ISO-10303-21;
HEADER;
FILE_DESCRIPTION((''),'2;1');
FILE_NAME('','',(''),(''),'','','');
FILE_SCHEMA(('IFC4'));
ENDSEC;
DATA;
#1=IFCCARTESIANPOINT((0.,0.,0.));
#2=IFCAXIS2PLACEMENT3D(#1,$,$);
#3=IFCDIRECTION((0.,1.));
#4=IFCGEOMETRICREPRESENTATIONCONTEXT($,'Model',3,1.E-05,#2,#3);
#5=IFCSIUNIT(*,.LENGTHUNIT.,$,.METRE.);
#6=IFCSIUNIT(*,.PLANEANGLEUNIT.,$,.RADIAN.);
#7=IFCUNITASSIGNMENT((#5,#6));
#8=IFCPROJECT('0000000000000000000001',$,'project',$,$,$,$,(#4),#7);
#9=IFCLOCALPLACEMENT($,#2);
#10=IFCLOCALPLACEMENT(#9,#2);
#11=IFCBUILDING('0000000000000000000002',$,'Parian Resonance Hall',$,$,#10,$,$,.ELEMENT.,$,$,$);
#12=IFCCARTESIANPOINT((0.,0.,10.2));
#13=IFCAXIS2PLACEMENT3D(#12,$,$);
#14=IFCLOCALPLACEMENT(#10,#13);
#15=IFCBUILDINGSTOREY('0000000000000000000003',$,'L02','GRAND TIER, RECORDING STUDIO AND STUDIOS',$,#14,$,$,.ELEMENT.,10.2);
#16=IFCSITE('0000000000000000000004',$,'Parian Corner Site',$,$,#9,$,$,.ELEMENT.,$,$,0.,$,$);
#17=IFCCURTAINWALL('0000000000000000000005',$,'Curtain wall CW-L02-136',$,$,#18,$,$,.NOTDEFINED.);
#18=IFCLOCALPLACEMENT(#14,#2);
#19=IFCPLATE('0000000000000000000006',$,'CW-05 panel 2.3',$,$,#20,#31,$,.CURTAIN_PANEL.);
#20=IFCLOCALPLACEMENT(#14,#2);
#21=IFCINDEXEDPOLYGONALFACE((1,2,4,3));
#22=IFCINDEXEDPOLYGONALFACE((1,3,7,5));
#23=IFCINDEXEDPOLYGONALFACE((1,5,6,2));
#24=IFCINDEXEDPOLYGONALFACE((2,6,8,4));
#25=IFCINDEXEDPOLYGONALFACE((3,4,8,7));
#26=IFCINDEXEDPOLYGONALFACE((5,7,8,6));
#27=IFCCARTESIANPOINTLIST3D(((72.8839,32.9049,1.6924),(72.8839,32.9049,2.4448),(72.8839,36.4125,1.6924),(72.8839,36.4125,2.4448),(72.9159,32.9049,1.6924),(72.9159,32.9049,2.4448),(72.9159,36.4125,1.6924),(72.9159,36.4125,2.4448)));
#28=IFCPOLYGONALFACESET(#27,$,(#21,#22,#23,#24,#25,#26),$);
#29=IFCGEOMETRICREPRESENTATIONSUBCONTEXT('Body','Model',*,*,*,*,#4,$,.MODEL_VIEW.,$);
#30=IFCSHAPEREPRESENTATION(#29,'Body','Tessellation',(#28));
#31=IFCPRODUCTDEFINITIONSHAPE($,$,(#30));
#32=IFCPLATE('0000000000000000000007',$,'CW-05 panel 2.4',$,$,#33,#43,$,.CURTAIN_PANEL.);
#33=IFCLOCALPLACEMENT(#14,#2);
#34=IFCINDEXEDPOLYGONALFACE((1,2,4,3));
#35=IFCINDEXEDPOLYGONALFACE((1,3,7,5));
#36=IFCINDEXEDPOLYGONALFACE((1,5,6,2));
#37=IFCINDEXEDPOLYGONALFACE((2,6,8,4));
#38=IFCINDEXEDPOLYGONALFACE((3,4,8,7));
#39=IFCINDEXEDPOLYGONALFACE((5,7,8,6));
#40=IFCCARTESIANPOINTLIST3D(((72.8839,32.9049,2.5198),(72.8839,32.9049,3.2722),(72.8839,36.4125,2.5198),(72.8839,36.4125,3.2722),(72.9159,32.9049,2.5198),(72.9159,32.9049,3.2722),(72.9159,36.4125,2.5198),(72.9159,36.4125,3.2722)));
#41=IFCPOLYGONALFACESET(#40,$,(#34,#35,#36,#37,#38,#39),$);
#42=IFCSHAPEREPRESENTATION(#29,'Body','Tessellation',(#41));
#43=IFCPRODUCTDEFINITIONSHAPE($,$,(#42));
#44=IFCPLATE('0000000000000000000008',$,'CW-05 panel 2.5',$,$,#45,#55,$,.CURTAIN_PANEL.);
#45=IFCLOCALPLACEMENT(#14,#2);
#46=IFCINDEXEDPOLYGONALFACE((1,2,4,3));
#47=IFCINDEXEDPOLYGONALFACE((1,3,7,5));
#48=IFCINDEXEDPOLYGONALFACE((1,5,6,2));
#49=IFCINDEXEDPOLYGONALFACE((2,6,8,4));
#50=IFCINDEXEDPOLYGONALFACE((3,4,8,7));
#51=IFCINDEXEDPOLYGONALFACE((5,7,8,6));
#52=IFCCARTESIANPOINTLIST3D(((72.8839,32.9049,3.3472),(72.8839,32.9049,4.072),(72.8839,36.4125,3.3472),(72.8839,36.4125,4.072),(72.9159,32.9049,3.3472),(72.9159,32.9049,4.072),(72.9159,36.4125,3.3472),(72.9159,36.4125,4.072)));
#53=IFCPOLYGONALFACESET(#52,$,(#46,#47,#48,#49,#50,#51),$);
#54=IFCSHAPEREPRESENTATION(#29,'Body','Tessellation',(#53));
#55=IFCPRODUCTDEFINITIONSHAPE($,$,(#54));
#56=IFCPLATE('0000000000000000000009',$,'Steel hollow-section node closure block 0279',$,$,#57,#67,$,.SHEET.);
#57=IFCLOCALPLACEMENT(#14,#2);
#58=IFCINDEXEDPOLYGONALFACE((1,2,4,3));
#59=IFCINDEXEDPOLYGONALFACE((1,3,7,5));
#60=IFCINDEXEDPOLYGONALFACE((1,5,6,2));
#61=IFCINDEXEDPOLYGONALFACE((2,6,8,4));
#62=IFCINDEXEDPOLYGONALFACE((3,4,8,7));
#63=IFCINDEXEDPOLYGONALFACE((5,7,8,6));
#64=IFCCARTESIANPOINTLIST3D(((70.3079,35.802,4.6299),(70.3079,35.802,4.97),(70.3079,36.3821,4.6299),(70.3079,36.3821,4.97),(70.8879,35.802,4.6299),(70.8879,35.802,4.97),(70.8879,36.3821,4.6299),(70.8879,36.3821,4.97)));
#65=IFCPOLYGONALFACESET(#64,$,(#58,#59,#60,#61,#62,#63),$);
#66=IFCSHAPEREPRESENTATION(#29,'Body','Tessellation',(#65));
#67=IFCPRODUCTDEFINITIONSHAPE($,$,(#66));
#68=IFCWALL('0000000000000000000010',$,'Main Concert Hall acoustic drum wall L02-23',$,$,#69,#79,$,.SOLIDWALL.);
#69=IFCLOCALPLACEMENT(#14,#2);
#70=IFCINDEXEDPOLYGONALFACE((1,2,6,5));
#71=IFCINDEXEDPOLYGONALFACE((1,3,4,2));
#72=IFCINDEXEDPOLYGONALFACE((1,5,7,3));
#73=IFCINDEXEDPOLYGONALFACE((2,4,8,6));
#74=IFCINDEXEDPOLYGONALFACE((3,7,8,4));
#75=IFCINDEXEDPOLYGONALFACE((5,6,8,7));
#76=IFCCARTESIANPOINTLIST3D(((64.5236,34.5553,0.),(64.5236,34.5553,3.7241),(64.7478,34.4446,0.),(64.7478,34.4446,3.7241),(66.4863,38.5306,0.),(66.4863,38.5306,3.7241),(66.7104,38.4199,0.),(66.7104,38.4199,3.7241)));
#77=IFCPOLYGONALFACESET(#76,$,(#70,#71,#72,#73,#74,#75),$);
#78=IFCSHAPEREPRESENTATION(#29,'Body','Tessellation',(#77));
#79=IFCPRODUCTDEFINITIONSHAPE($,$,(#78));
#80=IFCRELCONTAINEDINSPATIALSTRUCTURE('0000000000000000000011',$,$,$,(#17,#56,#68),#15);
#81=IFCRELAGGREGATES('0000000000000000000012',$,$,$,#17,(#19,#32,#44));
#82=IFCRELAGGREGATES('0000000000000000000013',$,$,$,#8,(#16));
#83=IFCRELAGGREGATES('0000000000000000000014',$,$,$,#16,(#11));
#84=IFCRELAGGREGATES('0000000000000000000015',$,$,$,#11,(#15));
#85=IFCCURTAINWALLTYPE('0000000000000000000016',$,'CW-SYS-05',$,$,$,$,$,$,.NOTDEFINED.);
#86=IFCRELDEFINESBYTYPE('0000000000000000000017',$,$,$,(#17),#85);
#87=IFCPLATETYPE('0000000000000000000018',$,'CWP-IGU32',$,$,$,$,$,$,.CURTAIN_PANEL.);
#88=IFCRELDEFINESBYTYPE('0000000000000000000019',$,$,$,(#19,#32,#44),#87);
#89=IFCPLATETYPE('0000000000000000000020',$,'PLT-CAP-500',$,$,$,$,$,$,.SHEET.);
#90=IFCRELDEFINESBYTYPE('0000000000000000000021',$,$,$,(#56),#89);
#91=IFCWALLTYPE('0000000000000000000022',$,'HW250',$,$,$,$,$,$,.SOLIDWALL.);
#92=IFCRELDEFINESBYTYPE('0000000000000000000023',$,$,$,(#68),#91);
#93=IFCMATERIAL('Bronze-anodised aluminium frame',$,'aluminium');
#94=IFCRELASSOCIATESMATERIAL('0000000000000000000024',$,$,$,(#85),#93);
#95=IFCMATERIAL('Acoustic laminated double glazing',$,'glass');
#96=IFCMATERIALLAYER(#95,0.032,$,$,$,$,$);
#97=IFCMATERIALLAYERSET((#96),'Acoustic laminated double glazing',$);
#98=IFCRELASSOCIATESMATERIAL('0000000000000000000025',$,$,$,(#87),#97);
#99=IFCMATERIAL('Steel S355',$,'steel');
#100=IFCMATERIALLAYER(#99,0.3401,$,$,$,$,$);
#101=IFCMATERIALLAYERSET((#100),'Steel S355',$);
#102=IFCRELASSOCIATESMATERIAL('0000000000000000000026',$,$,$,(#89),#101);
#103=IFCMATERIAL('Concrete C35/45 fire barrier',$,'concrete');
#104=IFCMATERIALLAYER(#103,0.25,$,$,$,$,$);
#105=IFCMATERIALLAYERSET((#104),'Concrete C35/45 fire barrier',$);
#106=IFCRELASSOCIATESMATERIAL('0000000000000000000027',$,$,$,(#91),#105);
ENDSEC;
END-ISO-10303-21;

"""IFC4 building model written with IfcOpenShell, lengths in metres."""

from ifc_helpers import new_model, si_unit, direction, frame, frame_2d, origin, origin_2d, place, context, subcontext, project, spatial, rectangle, extrude, material, layer, layer_set, type_object, element, aggregate, save


model = new_model("IFC4")

# Units and contexts
model_context = context("Model", 3, precision=1e-05, world=origin(), true_north=direction((0.0, 1.0)))
body_context = subcontext(model_context, "Body", "Model", "MODEL_VIEW")
ifc_project = project(units=[si_unit("LENGTHUNIT", "METRE"), si_unit("PLANEANGLEUNIT", "RADIAN")], contexts=[model_context])

# Site, building, storey
site_placement = place(None, origin())
site = spatial("IfcSite", under=ifc_project, at=site_placement, Name="Parian Corner Site", CompositionType="ELEMENT", RefElevation=0.0)
building_placement = place(site_placement, origin())
building = spatial("IfcBuilding", under=site, at=building_placement, Name="Parian Resonance Hall", CompositionType="ELEMENT")
storey_placement = place(building_placement, frame((0.0, 0.0, 10.2)))
storey = spatial("IfcBuildingStorey", under=building, at=storey_placement, Name="L02", Description="GRAND TIER, RECORDING STUDIO AND STUDIOS", CompositionType="ELEMENT", Elevation=10.2)

# Curtain wall, plates
ifc_material_1 = material(Name="Bronze-anodised aluminium frame", Category="aluminium")
curtain_wall_type = type_object("IfcCurtainWallType", Name="CW-SYS-05", PredefinedType="NOTDEFINED", material=ifc_material_1)
curtain_wall_placement = place(storey_placement, origin())
curtain_wall = element("IfcCurtainWall", 1, at=curtain_wall_placement, inside=storey, type_object=curtain_wall_type, Name="Curtain wall CW-L02-136", PredefinedType="NOTDEFINED")
ifc_material_2 = material(Name="Acoustic laminated double glazing", Category="glass")
ifc_layer_1 = layer(ifc_material_2, 0.032)
ifc_layer_set_1 = layer_set([ifc_layer_1], Name="Acoustic laminated double glazing")
plate_type_1 = type_object("IfcPlateType", Name="CWP-IGU32", PredefinedType="CURTAIN_PANEL", material=ifc_layer_set_1)
plate_1_placement = place(storey_placement, frame((72.8999, 34.6587, 1.6924), z_axis=(0.0, 0.0, 1.0), x_axis=(0.0, -1.0, 0.0)))
plate_1 = element("IfcPlate", 2, at=plate_1_placement, type_object=plate_type_1, Name="CW-05 panel 2.3", PredefinedType="CURTAIN_PANEL", context=body_context, shape_type="SweptSolid", body=[
    extrude(rectangle(XDim=3.5076, YDim=0.032, at=origin_2d()), origin(), (0.0, 0.0, 1.0), 0.7524),
])
plate_2_placement = place(storey_placement, frame((72.8999, 34.6587, 2.5198), z_axis=(0.0, 0.0, 1.0), x_axis=(0.0, -1.0, 0.0)))
plate_2 = element("IfcPlate", 3, at=plate_2_placement, type_object=plate_type_1, Name="CW-05 panel 2.4", PredefinedType="CURTAIN_PANEL", context=body_context, shape_type="SweptSolid", body=[
    extrude(rectangle(XDim=3.5076, YDim=0.032, at=origin_2d()), origin(), (0.0, 0.0, 1.0), 0.7524),
])
plate_3_placement = place(storey_placement, frame((72.8999, 34.6587, 3.3472), z_axis=(0.0, 0.0, 1.0), x_axis=(0.0, -1.0, 0.0)))
plate_3 = element("IfcPlate", 4, at=plate_3_placement, type_object=plate_type_1, Name="CW-05 panel 2.5", PredefinedType="CURTAIN_PANEL", context=body_context, shape_type="SweptSolid", body=[
    extrude(rectangle(XDim=3.5076, YDim=0.032, at=origin_2d()), origin(), (0.0, 0.0, 1.0), 0.7249),
])
aggregate(curtain_wall, [plate_1, plate_2, plate_3])

# Plate
ifc_material_3 = material(Name="Steel S355", Category="steel")
ifc_layer_2 = layer(ifc_material_3, 0.3401)
ifc_layer_set_2 = layer_set([ifc_layer_2], Name="Steel S355")
plate_type_2 = type_object("IfcPlateType", Name="PLT-CAP-500", PredefinedType="SHEET", material=ifc_layer_set_2)
plate_4_placement = place(storey_placement, frame((70.5979, 36.092, 4.6299), z_axis=(0.0, 0.0, 1.0), x_axis=(1.0, 0.0, 0.0)))
element("IfcPlate", 5, at=plate_4_placement, inside=storey, type_object=plate_type_2, Name="Steel hollow-section node closure block 0279", PredefinedType="SHEET", context=body_context, shape_type="SweptSolid", body=[
    extrude(rectangle(XDim=0.5801, YDim=0.5801, at=origin_2d()), origin(), (0.0, 0.0, 1.0), 0.3401),
])

# Wall
ifc_material_4 = material(Name="Concrete C35/45 fire barrier", Category="concrete")
ifc_layer_3 = layer(ifc_material_4, 0.25)
ifc_layer_set_3 = layer_set([ifc_layer_3], Name="Concrete C35/45 fire barrier")
wall_type = type_object("IfcWallType", Name="HW250", PredefinedType="SOLIDWALL", material=ifc_layer_set_3)
wall_placement = place(storey_placement, frame((66.5984, 38.4753, 0.0), z_axis=(0.0, 0.0, 1.0), x_axis=(-0.442692, -0.896674, 0.0)))
element("IfcWall", 6, at=wall_placement, inside=storey, type_object=wall_type, Name="Main Concert Hall acoustic drum wall L02-23", PredefinedType="SOLIDWALL", context=body_context, shape_type="SweptSolid", body=[
    extrude(rectangle(XDim=4.4333, YDim=0.25, at=frame_2d((2.2168, 0.0))), origin(), (0.0, 0.0, 1.0), 3.7241),
])

save(model, "model.ifc")
